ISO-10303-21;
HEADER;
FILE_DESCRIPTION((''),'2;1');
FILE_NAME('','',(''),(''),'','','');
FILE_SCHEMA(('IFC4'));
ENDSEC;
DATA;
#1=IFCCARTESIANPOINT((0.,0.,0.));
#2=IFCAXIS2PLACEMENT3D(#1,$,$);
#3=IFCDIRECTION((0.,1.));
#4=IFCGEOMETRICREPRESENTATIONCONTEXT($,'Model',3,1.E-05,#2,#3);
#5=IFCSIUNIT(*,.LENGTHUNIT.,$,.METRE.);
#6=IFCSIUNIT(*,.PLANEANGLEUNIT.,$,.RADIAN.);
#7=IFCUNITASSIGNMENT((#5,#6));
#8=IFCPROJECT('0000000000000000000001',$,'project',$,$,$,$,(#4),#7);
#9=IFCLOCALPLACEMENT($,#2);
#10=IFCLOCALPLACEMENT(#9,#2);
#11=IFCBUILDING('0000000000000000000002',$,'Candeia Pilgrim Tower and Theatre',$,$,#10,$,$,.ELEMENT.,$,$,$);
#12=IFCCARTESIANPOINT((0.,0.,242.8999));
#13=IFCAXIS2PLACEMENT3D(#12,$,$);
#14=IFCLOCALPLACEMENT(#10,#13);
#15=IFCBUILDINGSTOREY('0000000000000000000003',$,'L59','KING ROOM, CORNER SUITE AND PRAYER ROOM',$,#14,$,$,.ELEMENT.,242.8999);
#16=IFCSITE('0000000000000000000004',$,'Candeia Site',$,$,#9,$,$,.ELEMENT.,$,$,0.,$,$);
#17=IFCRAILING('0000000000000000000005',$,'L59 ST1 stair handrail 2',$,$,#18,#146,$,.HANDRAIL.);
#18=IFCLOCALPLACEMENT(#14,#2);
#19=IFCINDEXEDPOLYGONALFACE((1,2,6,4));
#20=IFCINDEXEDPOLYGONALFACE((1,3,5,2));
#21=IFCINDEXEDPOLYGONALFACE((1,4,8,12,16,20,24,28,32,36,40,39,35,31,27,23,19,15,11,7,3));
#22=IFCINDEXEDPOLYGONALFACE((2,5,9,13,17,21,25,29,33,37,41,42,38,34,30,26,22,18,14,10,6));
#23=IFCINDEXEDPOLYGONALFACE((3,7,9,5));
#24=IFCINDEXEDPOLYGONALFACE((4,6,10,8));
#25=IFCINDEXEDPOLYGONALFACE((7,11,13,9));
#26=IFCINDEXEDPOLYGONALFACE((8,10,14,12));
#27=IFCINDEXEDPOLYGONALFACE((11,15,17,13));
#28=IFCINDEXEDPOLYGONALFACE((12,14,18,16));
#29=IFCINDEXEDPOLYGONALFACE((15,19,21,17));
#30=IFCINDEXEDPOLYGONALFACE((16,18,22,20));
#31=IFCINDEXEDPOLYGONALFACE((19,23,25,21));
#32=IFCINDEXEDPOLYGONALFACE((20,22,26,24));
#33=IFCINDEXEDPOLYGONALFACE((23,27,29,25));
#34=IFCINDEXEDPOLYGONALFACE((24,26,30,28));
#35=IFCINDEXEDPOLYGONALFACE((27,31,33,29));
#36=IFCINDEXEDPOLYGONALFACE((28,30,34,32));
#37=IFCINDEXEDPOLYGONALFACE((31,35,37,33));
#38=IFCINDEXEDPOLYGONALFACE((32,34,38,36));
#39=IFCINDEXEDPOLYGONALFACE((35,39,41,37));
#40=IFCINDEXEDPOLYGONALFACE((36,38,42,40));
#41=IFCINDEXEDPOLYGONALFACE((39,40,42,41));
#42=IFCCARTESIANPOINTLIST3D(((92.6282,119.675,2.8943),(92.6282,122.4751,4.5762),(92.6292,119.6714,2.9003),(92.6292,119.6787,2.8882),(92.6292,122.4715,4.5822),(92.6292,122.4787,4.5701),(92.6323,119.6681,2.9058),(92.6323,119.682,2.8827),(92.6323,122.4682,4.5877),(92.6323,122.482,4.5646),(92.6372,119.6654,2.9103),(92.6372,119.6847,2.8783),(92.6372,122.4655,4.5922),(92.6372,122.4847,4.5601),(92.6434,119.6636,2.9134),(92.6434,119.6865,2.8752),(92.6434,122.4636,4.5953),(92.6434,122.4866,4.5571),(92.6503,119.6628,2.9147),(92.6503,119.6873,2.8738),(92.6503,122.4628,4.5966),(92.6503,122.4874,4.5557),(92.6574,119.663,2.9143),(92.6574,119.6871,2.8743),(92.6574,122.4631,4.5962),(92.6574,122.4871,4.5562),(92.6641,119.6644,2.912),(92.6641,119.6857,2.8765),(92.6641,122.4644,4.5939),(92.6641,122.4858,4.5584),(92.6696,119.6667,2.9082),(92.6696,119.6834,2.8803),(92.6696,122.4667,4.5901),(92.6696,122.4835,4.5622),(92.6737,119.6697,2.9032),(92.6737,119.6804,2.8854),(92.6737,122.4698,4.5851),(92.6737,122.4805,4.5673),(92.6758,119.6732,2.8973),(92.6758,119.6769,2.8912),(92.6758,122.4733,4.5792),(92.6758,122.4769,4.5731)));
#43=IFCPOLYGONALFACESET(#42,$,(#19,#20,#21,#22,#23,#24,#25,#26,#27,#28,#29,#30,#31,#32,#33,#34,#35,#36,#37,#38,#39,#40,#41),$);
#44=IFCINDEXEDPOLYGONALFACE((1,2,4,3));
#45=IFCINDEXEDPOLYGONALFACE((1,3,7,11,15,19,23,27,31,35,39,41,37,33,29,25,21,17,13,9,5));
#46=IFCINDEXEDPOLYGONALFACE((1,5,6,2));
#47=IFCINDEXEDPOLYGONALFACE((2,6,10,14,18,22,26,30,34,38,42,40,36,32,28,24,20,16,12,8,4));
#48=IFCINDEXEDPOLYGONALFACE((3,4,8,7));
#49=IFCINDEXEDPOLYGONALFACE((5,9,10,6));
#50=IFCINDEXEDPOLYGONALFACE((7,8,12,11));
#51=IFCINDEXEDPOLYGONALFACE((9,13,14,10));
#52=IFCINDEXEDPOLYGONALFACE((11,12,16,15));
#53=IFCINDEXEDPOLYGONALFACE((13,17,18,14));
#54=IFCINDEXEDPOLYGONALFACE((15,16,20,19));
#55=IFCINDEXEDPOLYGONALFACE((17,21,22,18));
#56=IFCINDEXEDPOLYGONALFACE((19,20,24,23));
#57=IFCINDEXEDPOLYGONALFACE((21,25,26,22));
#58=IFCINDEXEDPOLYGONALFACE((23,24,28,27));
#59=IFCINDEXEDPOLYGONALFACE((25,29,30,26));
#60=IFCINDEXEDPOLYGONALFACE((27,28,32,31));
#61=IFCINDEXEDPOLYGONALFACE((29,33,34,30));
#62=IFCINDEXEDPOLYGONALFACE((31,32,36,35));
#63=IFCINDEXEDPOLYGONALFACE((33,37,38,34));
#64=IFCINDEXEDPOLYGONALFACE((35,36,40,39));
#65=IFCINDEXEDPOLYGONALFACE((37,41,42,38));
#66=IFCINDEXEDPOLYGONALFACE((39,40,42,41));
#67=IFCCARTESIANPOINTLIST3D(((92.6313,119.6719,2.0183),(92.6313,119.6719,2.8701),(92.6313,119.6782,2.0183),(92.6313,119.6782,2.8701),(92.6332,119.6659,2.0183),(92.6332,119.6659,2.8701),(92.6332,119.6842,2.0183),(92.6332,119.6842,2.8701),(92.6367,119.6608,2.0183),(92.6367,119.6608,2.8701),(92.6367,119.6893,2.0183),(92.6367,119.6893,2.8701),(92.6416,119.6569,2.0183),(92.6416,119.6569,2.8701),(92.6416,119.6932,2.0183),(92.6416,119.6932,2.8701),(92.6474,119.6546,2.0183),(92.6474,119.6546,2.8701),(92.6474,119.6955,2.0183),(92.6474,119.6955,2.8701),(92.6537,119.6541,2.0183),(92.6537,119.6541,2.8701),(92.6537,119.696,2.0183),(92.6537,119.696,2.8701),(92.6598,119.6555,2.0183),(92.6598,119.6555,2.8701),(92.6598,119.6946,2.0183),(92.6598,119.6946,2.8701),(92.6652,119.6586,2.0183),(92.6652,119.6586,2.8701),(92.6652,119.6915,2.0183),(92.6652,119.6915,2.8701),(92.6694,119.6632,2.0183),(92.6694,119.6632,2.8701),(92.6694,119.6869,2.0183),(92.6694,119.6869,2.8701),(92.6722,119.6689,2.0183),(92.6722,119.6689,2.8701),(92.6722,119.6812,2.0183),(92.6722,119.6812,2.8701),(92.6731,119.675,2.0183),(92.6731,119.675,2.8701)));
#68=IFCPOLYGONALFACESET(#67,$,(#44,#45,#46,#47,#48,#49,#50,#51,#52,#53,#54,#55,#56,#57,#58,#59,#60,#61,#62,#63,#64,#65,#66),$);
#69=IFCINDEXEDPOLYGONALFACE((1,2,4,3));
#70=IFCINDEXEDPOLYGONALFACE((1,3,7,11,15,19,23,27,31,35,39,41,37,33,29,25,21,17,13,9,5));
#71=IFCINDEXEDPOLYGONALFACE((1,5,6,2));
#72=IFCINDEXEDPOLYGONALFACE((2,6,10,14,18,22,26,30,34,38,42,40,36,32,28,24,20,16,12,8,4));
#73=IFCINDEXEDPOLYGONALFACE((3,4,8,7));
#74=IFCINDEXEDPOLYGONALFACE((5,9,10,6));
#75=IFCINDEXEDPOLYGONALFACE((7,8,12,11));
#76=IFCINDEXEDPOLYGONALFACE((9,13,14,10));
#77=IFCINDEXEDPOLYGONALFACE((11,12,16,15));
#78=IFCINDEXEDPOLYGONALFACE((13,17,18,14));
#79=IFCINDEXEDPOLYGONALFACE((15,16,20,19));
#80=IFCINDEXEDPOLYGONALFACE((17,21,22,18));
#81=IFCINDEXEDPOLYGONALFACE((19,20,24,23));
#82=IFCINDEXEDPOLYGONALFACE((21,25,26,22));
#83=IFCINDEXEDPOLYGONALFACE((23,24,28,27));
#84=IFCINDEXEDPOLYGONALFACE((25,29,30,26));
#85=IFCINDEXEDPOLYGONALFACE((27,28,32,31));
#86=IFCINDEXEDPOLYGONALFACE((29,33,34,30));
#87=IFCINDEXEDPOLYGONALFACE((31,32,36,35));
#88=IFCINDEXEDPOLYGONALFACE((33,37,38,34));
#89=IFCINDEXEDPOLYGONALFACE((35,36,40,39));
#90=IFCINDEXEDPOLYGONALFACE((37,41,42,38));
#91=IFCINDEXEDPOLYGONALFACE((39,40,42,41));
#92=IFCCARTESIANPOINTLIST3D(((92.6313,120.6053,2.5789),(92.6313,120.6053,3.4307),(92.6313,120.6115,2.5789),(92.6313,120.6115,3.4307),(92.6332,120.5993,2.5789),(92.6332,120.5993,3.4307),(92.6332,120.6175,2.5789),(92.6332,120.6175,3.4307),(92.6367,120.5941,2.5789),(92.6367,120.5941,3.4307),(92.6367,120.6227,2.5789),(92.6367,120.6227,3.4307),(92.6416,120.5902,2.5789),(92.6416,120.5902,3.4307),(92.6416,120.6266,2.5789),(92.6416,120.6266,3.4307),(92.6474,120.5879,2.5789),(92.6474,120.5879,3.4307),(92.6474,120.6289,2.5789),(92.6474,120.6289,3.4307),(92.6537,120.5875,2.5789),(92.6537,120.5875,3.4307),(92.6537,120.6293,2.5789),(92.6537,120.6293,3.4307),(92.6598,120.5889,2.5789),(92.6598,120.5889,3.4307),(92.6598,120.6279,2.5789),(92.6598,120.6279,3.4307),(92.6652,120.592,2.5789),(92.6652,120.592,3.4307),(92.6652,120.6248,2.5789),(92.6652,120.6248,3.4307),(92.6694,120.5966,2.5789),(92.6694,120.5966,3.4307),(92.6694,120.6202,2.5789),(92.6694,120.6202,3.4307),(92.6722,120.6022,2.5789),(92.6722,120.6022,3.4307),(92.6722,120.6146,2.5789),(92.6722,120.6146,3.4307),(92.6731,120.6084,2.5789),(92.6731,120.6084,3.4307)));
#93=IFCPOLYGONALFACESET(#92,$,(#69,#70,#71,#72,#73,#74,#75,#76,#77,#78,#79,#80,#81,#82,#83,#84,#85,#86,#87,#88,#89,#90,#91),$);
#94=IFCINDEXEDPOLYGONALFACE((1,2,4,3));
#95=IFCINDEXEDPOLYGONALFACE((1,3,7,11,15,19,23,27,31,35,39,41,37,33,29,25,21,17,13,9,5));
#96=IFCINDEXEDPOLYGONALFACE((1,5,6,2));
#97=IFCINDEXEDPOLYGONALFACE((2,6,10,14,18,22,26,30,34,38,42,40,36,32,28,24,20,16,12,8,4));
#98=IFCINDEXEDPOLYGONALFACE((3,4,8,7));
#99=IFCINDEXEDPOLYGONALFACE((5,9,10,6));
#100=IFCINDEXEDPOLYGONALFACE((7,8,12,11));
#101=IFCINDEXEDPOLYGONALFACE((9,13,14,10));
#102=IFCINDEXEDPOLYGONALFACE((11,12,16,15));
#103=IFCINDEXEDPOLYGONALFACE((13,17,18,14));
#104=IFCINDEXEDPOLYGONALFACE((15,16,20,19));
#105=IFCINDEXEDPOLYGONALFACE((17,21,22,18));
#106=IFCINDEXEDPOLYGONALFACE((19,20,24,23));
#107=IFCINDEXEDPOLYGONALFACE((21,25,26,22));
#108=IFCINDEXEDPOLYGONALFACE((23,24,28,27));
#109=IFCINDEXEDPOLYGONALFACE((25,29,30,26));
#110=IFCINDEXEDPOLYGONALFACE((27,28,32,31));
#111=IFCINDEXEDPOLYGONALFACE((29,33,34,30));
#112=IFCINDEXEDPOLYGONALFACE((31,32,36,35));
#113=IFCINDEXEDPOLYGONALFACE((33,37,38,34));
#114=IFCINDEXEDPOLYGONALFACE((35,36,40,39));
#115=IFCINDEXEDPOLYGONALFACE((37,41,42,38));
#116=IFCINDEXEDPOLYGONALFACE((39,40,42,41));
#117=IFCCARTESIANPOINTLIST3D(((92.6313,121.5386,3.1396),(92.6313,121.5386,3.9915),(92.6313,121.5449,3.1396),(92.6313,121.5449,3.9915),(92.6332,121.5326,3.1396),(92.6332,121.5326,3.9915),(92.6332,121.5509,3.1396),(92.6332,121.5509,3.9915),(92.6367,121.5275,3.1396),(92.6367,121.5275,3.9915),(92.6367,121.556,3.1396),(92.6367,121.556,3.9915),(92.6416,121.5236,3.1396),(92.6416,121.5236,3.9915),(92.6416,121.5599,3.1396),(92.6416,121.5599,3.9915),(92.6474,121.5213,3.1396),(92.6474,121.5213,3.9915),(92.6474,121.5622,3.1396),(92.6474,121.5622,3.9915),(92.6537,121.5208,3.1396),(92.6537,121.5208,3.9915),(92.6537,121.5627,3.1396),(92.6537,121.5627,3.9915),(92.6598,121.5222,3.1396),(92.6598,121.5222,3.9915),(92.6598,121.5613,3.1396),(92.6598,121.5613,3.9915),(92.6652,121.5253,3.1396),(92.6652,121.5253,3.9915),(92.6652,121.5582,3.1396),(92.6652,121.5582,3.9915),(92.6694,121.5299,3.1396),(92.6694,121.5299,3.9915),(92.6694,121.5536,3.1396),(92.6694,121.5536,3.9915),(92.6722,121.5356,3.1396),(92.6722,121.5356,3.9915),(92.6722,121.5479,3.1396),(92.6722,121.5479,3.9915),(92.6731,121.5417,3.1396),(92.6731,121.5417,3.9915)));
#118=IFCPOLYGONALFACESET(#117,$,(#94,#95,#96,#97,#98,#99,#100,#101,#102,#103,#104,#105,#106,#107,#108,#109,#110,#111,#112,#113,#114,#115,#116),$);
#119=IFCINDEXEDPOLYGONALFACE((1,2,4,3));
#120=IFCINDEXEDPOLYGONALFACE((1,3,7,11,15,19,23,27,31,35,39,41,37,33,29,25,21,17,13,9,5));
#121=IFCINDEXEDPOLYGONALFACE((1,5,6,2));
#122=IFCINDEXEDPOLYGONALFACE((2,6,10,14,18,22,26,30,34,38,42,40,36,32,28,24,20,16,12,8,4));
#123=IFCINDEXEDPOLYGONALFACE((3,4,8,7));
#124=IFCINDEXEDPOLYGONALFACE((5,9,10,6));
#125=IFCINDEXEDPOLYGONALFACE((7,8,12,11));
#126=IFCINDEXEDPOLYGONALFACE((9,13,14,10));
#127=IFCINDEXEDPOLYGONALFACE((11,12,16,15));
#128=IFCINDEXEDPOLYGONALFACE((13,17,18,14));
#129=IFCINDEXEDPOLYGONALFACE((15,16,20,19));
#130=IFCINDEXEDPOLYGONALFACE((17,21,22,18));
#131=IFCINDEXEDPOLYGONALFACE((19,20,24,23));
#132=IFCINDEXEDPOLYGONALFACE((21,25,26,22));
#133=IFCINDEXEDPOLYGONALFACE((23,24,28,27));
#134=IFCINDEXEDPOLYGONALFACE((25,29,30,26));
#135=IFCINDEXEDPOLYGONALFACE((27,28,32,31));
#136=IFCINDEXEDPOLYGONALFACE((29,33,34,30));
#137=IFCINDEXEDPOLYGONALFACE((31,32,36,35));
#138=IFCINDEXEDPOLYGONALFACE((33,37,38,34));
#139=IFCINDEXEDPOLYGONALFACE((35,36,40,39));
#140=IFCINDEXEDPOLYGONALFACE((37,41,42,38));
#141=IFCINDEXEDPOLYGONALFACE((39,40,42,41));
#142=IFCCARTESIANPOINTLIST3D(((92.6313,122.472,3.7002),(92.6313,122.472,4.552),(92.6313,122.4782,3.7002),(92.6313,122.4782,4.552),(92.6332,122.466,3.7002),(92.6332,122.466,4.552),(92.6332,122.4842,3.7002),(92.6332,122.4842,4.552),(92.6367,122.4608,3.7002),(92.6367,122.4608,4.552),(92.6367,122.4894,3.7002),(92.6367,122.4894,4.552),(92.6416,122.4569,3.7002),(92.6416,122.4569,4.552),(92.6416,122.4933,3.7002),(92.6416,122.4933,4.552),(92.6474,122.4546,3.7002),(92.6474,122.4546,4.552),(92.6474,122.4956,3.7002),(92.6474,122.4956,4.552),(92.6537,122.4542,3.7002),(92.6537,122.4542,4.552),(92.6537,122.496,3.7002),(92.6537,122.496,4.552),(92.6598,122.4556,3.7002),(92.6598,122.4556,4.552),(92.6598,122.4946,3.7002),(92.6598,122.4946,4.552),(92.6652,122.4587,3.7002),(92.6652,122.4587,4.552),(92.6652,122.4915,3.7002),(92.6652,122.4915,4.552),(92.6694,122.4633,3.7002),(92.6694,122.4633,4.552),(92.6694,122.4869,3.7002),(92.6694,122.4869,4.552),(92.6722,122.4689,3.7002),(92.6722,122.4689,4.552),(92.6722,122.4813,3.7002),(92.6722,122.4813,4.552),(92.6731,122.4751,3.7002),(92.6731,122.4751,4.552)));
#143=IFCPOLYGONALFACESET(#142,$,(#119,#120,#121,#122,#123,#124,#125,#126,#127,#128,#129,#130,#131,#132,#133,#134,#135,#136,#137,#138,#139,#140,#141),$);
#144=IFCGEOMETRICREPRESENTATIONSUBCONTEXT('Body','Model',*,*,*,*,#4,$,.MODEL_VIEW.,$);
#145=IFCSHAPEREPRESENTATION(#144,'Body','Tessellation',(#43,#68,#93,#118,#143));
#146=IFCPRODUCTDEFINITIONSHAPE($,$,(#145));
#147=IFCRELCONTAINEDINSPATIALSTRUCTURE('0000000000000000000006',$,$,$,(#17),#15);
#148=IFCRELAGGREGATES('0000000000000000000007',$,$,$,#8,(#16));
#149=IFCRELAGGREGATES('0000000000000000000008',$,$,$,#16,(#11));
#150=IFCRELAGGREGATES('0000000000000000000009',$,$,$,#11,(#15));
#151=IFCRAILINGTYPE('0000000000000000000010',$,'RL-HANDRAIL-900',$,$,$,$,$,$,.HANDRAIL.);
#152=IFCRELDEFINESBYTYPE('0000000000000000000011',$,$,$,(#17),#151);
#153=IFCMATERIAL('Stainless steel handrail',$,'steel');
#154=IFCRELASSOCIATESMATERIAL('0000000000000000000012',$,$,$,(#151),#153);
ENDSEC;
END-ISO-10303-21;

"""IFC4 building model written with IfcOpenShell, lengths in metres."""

from ifc_helpers import new_model, si_unit, direction, frame, origin, origin_2d, place, context, subcontext, project, spatial, circle, extrude, material, type_object, element, save


model = new_model("IFC4")

# Units and contexts
model_context = context("Model", 3, precision=1e-05, world=origin(), true_north=direction((0.0, 1.0)))
body_context = subcontext(model_context, "Body", "Model", "MODEL_VIEW")
ifc_project = project(units=[si_unit("LENGTHUNIT", "METRE"), si_unit("PLANEANGLEUNIT", "RADIAN")], contexts=[model_context])

# Site, building, storey
site_placement = place(None, origin())
site = spatial("IfcSite", under=ifc_project, at=site_placement, Name="Candeia Site", CompositionType="ELEMENT", RefElevation=0.0)
building_placement = place(site_placement, origin())
building = spatial("IfcBuilding", under=site, at=building_placement, Name="Candeia Pilgrim Tower and Theatre", CompositionType="ELEMENT")
storey_placement = place(building_placement, frame((0.0, 0.0, 242.8999)))
storey = spatial("IfcBuildingStorey", under=building, at=storey_placement, Name="L59", Description="KING ROOM, CORNER SUITE AND PRAYER ROOM", CompositionType="ELEMENT", Elevation=242.8999)

# Railing
ifc_material_1 = material(Name="Stainless steel handrail", Category="steel")
railing_type = type_object("IfcRailingType", Name="RL-HANDRAIL-900", PredefinedType="HANDRAIL", material=ifc_material_1)
for number, where, name in (
    (1, (92.6521, 119.675, 2.0183), "L59 ST1 stair handrail 2"),
):
    element("IfcRailing", number, at=place(storey_placement, frame(where)), inside=storey, type_object=railing_type, Name=name, PredefinedType="HANDRAIL", context=body_context, shape_type="SweptSolid", body=[
        extrude(circle(Radius=0.0239, at=origin_2d()), frame((0.0, 0.0, 0.876), z_axis=(0.0, 0.857242, 0.514913), x_axis=(-1.0, 0.0, 0.0)), (0.0, 0.0, 1.0), 3.2664),
        extrude(circle(Radius=0.021, at=origin_2d()), origin(), (0.0, 0.0, 1.0), 0.8518),
        extrude(circle(Radius=0.021, at=origin_2d()), frame((0.0, 0.9333, 0.5605)), (0.0, 0.0, 1.0), 0.8518),
        extrude(circle(Radius=0.021, at=origin_2d()), frame((0.0, 1.8667, 1.1213)), (0.0, 0.0, 1.0), 0.8518),
        extrude(circle(Radius=0.021, at=origin_2d()), frame((0.0, 2.8, 1.6819)), (0.0, 0.0, 1.0), 0.8518),
    ])

save(model, "model.ifc")
